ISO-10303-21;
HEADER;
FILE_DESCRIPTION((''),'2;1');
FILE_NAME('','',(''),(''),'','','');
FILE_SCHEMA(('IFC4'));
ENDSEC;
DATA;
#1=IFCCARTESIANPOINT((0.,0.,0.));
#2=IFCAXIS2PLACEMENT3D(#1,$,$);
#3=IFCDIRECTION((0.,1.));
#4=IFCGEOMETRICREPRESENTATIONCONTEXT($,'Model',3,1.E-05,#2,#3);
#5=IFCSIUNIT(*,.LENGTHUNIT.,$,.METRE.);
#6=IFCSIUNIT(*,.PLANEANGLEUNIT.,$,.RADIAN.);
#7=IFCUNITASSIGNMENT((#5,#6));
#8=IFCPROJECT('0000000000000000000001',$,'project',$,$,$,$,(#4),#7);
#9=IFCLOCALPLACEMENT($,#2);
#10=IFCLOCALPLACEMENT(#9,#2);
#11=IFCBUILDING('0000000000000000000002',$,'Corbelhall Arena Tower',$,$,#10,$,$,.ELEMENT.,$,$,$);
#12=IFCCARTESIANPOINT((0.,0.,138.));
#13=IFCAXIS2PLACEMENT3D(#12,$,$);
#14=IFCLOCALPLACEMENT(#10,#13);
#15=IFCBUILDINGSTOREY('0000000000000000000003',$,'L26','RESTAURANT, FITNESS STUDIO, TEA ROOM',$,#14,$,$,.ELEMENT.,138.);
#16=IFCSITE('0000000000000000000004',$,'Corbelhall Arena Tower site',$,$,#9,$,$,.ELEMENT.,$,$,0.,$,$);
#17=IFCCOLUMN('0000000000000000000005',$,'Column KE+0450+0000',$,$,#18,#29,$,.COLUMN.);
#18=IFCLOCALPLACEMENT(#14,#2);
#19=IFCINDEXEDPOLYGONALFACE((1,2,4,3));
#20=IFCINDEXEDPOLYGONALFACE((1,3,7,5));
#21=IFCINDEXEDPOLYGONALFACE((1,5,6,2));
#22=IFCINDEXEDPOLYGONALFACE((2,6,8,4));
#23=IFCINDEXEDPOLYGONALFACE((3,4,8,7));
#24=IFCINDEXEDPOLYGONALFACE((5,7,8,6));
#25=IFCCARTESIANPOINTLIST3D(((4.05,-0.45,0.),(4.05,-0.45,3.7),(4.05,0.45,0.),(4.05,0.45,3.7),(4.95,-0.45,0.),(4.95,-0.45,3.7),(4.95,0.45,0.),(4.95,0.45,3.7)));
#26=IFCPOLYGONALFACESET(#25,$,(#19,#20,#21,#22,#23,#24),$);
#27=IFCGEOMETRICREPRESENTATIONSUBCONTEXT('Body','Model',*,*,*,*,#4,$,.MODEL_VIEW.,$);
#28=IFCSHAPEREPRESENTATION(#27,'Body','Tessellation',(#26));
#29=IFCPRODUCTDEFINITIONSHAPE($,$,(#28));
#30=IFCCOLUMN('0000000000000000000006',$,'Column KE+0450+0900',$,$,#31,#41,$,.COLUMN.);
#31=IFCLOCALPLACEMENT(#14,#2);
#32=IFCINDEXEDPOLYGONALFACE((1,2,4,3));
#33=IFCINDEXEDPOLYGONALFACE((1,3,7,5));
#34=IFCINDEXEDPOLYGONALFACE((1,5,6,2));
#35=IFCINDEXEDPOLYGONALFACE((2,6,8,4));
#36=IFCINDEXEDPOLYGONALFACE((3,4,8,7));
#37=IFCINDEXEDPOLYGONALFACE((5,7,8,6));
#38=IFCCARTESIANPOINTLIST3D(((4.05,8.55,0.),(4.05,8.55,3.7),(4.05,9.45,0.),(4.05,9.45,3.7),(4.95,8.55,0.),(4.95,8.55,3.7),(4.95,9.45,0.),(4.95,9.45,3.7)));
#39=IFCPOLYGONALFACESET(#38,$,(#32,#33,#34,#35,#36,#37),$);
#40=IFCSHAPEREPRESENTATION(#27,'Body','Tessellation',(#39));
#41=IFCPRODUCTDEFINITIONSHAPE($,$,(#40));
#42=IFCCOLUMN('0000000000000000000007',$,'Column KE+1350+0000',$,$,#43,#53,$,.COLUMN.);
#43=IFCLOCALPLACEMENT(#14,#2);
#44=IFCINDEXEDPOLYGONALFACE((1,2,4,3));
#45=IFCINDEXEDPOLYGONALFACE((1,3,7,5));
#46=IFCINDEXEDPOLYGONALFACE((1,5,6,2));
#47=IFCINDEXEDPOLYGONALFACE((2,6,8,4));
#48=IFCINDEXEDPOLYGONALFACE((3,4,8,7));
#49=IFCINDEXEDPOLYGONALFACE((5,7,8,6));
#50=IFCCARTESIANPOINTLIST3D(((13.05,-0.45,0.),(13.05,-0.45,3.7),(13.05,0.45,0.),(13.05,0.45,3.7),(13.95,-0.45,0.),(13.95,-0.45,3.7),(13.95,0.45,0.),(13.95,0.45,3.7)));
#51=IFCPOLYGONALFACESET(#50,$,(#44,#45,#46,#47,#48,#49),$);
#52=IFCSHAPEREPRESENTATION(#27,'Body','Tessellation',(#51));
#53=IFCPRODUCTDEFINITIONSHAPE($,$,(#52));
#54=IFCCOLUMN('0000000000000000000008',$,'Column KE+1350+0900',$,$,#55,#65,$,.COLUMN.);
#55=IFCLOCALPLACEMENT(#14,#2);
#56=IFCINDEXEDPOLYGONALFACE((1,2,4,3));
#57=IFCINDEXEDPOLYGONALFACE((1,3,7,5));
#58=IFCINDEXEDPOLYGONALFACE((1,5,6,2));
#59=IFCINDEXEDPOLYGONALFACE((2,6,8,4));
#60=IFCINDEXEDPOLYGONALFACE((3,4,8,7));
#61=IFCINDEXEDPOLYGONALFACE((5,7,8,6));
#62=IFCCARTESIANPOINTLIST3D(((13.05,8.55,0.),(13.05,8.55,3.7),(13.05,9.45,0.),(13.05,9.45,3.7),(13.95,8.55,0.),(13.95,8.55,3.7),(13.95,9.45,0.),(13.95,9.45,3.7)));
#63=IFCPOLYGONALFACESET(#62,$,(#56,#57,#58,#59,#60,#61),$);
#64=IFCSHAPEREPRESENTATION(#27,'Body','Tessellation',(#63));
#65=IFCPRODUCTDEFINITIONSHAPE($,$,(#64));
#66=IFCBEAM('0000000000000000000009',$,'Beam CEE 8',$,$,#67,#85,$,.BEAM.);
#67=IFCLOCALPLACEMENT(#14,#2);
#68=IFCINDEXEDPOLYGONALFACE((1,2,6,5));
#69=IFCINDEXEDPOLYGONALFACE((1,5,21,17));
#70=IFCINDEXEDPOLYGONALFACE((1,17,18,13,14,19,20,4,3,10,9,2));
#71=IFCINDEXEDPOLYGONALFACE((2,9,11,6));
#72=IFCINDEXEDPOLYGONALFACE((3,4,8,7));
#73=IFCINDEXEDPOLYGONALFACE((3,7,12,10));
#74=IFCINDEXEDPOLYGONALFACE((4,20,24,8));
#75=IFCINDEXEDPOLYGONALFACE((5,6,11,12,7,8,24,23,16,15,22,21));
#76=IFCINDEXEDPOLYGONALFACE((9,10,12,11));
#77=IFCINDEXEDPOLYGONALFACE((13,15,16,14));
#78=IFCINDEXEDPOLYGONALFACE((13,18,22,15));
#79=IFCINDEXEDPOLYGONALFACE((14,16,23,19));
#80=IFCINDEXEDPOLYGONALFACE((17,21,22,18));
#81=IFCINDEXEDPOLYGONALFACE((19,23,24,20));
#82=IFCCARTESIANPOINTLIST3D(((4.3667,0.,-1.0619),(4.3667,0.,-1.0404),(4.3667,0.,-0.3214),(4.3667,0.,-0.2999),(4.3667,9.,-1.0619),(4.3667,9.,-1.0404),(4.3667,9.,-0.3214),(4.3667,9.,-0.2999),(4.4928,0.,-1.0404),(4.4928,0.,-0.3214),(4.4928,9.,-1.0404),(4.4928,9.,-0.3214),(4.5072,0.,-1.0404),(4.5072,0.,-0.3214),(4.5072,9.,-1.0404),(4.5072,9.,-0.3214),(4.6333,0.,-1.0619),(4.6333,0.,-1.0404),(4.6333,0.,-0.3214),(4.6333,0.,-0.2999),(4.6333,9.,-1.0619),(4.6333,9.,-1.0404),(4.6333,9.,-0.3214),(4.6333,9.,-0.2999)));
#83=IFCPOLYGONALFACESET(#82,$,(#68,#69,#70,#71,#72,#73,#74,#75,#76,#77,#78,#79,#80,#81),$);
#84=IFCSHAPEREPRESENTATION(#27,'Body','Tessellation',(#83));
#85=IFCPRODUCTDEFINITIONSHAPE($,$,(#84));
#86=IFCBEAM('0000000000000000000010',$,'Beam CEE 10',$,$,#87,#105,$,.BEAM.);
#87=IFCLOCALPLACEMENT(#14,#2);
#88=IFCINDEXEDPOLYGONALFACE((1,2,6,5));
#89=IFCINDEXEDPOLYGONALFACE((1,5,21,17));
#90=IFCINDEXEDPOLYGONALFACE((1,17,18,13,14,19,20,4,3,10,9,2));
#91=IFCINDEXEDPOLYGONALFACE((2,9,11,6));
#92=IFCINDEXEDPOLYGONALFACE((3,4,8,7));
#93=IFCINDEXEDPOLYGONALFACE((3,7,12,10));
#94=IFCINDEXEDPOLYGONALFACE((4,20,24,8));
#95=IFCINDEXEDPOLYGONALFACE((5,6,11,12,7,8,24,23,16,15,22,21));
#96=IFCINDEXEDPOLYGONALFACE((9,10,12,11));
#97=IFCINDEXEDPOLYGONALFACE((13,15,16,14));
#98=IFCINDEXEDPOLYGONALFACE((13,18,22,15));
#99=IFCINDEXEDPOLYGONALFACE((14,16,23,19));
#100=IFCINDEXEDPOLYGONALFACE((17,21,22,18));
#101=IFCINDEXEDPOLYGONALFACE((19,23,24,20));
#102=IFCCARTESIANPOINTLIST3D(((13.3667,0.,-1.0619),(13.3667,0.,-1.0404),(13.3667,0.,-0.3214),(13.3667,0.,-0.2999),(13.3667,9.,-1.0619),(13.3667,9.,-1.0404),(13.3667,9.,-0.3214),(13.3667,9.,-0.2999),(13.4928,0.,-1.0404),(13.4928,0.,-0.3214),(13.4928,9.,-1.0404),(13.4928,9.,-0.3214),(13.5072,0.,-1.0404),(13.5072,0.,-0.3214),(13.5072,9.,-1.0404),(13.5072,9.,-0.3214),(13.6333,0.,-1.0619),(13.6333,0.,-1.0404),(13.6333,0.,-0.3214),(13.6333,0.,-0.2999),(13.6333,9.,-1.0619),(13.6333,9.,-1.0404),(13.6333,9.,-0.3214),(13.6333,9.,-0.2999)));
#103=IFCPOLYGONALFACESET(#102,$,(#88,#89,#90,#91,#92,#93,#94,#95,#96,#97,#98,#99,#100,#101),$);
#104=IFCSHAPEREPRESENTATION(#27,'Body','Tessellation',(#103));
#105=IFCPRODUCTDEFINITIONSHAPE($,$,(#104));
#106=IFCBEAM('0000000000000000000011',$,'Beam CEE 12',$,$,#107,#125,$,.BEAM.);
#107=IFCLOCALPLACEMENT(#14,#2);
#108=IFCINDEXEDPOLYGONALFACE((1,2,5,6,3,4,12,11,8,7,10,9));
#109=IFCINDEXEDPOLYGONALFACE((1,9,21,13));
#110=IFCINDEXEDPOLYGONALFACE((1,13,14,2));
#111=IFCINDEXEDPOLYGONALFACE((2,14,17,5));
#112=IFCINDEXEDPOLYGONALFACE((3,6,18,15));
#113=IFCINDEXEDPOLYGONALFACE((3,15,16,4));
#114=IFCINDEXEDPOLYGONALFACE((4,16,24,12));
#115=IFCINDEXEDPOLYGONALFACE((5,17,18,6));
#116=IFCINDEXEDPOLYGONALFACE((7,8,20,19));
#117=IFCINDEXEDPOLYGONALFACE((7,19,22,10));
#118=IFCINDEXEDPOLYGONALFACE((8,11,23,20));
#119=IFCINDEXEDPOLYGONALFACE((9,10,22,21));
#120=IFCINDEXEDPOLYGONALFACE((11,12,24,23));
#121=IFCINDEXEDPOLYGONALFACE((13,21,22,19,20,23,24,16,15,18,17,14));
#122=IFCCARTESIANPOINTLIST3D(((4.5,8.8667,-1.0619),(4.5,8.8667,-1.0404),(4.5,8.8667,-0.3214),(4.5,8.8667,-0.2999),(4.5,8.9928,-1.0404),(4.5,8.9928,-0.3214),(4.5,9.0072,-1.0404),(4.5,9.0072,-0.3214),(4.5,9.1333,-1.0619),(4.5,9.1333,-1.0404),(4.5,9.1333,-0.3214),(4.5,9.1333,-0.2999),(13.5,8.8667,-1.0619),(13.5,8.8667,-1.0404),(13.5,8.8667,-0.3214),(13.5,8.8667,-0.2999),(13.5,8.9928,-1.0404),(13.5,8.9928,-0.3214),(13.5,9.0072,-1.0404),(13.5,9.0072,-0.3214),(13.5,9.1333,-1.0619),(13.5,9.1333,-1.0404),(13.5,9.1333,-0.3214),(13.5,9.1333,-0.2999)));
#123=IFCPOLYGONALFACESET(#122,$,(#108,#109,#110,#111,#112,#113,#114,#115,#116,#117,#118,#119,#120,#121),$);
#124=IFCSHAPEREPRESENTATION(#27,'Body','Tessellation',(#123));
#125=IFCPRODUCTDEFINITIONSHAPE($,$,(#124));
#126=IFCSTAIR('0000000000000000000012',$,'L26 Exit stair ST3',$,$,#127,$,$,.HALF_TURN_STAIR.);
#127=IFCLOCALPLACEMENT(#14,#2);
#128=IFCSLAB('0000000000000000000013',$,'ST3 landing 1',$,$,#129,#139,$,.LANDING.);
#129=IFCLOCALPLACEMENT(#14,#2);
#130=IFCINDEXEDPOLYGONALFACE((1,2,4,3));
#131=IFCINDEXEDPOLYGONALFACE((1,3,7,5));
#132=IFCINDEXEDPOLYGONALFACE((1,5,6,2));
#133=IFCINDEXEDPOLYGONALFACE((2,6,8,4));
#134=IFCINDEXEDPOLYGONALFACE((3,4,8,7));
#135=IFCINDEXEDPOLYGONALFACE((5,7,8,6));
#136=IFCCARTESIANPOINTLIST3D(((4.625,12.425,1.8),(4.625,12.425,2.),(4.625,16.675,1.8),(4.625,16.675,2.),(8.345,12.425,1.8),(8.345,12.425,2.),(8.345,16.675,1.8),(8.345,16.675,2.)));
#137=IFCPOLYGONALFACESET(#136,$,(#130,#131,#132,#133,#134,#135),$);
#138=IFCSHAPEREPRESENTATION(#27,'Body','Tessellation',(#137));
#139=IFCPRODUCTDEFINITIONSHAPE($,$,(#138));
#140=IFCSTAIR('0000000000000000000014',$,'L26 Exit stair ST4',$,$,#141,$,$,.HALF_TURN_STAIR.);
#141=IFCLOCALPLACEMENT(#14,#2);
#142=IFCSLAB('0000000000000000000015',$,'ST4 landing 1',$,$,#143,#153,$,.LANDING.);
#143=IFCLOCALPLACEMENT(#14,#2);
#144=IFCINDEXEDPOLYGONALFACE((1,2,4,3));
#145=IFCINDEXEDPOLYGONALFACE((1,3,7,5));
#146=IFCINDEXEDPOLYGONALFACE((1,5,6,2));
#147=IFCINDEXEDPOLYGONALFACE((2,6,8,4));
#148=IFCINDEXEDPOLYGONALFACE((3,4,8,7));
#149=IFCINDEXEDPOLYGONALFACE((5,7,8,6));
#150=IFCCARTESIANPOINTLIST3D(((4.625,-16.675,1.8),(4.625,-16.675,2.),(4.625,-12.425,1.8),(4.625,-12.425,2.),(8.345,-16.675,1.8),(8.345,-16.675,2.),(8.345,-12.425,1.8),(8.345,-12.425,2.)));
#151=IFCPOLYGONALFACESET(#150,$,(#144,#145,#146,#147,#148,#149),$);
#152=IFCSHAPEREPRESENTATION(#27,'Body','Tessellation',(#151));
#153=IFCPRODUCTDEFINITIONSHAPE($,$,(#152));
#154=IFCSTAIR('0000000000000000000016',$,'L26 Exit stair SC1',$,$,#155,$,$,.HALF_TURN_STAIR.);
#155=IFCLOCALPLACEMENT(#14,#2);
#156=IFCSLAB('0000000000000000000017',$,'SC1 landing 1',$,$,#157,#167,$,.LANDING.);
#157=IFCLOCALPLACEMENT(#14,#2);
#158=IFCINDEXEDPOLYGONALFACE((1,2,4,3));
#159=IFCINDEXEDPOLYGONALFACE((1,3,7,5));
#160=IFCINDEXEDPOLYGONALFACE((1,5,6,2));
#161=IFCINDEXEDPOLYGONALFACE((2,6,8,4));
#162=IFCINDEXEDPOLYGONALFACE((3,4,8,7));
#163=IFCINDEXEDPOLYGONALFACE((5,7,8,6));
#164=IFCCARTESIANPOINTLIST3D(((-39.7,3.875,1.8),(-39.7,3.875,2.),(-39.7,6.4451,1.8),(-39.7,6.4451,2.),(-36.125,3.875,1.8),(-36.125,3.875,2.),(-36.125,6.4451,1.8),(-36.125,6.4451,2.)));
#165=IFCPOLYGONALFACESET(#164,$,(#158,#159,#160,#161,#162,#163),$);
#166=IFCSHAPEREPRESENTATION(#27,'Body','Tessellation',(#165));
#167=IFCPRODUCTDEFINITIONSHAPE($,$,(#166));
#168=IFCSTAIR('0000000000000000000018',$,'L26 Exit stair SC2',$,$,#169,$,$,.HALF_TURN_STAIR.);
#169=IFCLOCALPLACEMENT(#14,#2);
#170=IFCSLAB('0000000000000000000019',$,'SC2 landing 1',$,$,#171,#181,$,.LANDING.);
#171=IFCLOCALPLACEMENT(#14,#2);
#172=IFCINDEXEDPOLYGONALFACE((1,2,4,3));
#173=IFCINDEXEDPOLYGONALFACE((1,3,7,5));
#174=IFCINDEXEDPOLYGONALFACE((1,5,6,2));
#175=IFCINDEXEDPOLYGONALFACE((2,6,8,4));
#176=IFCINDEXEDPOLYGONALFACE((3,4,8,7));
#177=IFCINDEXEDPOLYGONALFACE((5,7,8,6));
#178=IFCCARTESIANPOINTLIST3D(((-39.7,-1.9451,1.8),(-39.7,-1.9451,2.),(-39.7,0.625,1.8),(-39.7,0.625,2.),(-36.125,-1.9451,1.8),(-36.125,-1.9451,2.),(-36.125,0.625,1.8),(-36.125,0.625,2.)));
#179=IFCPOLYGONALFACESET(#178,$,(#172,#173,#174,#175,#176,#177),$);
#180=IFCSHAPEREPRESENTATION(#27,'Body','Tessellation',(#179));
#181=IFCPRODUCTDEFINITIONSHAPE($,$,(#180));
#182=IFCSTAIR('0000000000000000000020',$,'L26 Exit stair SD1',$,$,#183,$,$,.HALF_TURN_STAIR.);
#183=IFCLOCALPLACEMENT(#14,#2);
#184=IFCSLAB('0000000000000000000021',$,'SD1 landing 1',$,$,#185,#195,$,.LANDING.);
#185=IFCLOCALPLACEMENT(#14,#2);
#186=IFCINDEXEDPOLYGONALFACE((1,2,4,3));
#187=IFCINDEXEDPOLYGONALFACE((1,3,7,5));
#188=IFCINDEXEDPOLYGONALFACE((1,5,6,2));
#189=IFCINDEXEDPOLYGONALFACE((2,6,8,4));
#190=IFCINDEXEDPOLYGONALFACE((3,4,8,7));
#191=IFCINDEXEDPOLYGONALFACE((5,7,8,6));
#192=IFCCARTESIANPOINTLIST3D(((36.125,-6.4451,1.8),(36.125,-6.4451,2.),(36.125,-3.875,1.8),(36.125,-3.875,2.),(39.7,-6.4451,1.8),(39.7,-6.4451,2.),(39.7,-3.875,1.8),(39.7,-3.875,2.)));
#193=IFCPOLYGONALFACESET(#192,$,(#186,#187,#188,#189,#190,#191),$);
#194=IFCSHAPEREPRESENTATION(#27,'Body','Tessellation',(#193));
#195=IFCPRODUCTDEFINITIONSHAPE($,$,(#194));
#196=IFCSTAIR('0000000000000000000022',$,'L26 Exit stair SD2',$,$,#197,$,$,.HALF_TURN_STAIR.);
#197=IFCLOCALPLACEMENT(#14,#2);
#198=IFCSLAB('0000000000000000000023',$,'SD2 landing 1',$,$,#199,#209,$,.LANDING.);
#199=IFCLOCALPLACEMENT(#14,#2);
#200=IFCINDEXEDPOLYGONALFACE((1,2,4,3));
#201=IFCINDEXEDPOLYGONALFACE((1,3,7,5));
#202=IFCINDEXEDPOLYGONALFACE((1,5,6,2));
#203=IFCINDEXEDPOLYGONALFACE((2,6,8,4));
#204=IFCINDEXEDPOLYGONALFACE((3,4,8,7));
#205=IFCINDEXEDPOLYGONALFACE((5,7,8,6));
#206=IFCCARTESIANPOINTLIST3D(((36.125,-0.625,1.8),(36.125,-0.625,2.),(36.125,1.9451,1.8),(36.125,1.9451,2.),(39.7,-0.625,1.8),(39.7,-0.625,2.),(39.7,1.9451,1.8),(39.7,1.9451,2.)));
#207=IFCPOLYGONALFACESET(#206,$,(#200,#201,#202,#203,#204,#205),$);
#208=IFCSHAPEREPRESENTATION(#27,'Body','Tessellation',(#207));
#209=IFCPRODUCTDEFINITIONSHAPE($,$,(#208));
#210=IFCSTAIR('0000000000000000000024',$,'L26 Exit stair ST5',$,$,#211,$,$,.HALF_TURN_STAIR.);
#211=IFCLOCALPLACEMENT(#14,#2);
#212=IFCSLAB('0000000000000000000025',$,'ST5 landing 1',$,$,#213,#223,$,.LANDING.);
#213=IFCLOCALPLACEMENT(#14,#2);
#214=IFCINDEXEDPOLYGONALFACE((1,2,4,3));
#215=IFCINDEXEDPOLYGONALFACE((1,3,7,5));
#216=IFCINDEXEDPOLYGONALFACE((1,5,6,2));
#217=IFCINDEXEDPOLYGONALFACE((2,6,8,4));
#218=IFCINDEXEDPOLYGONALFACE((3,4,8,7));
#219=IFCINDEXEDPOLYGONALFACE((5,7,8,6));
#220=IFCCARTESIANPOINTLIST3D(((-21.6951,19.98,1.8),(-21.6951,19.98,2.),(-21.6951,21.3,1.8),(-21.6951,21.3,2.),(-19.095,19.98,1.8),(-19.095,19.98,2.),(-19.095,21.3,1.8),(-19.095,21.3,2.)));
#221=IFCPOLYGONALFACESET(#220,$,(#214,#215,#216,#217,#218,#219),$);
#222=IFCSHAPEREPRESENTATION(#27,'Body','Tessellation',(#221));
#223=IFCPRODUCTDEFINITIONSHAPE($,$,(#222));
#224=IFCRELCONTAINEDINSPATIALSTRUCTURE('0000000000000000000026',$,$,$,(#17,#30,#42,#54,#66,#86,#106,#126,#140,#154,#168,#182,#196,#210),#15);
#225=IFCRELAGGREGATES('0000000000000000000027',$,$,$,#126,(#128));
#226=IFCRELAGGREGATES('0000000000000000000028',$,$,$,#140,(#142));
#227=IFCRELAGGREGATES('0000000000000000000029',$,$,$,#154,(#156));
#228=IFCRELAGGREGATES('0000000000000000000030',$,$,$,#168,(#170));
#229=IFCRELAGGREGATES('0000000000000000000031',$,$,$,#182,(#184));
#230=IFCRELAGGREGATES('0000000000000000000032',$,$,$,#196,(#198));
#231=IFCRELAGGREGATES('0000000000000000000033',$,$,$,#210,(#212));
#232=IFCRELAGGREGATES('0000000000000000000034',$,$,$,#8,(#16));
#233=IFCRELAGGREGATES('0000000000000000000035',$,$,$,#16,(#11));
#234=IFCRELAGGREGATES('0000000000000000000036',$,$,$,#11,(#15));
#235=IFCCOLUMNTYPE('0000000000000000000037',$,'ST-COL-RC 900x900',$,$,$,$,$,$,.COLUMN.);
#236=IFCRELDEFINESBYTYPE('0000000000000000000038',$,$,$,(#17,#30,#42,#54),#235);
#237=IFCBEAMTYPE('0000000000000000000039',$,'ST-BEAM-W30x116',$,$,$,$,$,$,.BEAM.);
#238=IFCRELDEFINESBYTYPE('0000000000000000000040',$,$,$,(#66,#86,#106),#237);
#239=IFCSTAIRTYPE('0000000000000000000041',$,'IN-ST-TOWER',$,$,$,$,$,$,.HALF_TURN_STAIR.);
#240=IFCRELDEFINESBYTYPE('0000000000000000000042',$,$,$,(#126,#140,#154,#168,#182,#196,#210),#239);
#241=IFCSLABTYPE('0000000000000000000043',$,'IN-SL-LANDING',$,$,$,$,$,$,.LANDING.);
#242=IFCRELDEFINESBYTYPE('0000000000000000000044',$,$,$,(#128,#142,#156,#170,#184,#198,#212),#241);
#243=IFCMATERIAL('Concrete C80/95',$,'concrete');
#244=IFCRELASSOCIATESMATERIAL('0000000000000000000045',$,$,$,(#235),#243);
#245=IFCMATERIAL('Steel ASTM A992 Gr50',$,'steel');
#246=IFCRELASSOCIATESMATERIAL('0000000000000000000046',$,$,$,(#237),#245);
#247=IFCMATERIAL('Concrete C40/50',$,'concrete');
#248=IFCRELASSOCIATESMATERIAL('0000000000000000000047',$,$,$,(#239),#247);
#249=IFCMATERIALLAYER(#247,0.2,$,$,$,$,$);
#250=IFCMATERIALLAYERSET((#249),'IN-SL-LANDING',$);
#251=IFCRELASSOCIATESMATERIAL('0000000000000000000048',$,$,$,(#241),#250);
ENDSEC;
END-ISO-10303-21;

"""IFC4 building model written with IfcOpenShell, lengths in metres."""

from ifc_helpers import new_model, si_unit, direction, frame, origin, origin_2d, place, context, subcontext, project, spatial, polyline, rectangle, i_section, outline, extrude, material, layer, layer_set, material_profile, profile_set, type_object, element, aggregate, save


model = new_model("IFC4")

# Units and contexts
model_context = context("Model", 3, precision=1e-05, world=origin(), true_north=direction((0.0, 1.0)))
body_context = subcontext(model_context, "Body", "Model", "MODEL_VIEW")
ifc_project = project(units=[si_unit("LENGTHUNIT", "METRE"), si_unit("PLANEANGLEUNIT", "RADIAN")], contexts=[model_context])

# Site, building, storey
site_placement = place(None, origin())
site = spatial("IfcSite", under=ifc_project, at=site_placement, Name="Corbelhall Arena Tower site", CompositionType="ELEMENT", RefElevation=0.0)
building_placement = place(site_placement, origin())
building = spatial("IfcBuilding", under=site, at=building_placement, Name="Corbelhall Arena Tower", CompositionType="ELEMENT")
storey_placement = place(building_placement, frame((0.0, 0.0, 138.0)))
storey = spatial("IfcBuildingStorey", under=building, at=storey_placement, Name="L26", Description="RESTAURANT, FITNESS STUDIO, TEA ROOM", CompositionType="ELEMENT", Elevation=138.0)

# Columns
ifc_material_1 = material(Name="Concrete C80/95", Category="concrete")
ifc_material_profile_1 = material_profile(ifc_material_1, rectangle(XDim=0.8999, YDim=0.8999, at=origin_2d()))
ifc_profile_set_1 = profile_set([ifc_material_profile_1], Name="Concrete C80/95")
column_type = type_object("IfcColumnType", Name="ST-COL-RC 900x900", PredefinedType="COLUMN", material=ifc_profile_set_1)
for number, where, z_axis, x_axis, name in (
    (1, (4.5, 0.0, 0.0), (0.0, 0.0, 1.0), (1.0, 0.0, 0.0), "Column KE+0450+0000"),
    (2, (4.5, 9.0, 0.0), (0.0, 0.0, 1.0), (1.0, 0.0, 0.0), "Column KE+0450+0900"),
    (3, (13.5, 0.0, 0.0), (0.0, 0.0, 1.0), (1.0, 0.0, 0.0), "Column KE+1350+0000"),
    (4, (13.5, 9.0, 0.0), (0.0, 0.0, 1.0), (1.0, 0.0, 0.0), "Column KE+1350+0900"),
):
    element("IfcColumn", number, at=place(storey_placement, frame(where, z_axis=z_axis, x_axis=x_axis)), inside=storey, type_object=column_type, Name=name, PredefinedType="COLUMN", context=body_context, shape_type="SweptSolid", body=[
        extrude(rectangle(XDim=0.8999, YDim=0.8999, at=origin_2d()), origin(), (0.0, 0.0, 1.0), 3.7),
    ])

# Beams
ifc_material_2 = material(Name="Steel ASTM A992 Gr50", Category="steel")
ifc_material_profile_2 = material_profile(ifc_material_2, i_section(OverallWidth=0.2666, OverallDepth=0.762, WebThickness=0.0144, FlangeThickness=0.0215, at=origin_2d()))
ifc_profile_set_2 = profile_set([ifc_material_profile_2], Name="Steel ASTM A992 Gr50")
beam_type = type_object("IfcBeamType", Name="ST-BEAM-W30x116", PredefinedType="BEAM", material=ifc_profile_set_2)
for number, where, z_axis, x_axis, name in (
    (5, (4.5, 0.0, -0.6809), (0.0, 1.0, 0.0), (-1.0, 0.0, 0.0), "Beam CEE 8"),
    (6, (13.5, 0.0, -0.6809), (0.0, 1.0, 0.0), (-1.0, 0.0, 0.0), "Beam CEE 10"),
    (7, (4.5, 9.0, -0.6809), (1.0, 0.0, 0.0), (0.0, 1.0, 0.0), "Beam CEE 12"),
):
    element("IfcBeam", number, at=place(storey_placement, frame(where, z_axis=z_axis, x_axis=x_axis)), inside=storey, type_object=beam_type, Name=name, PredefinedType="BEAM", context=body_context, shape_type="SweptSolid", body=[
        extrude(i_section(OverallWidth=0.2666, OverallDepth=0.762, WebThickness=0.0144, FlangeThickness=0.0215, at=origin_2d()), origin(), (0.0, 0.0, 1.0), 9.0),
    ])

# Stairs, slabs
ifc_material_3 = material(Name="Concrete C40/50", Category="concrete")
stair_type = type_object("IfcStairType", Name="IN-ST-TOWER", PredefinedType="HALF_TURN_STAIR", material=ifc_material_3)
stair_1_placement = place(storey_placement, origin())
stair_1 = element("IfcStair", 8, at=stair_1_placement, inside=storey, type_object=stair_type, Name="L26 Exit stair ST3", PredefinedType="HALF_TURN_STAIR")
ifc_layer_1 = layer(ifc_material_3, 0.2)
ifc_layer_set_1 = layer_set([ifc_layer_1], Name="IN-SL-LANDING")
slab_type = type_object("IfcSlabType", Name="IN-SL-LANDING", PredefinedType="LANDING", material=ifc_layer_set_1)
slab_1_placement = place(storey_placement, frame((0.0, 0.0, 1.8)))
slab_1 = element("IfcSlab", 9, at=slab_1_placement, type_object=slab_type, Name="ST3 landing 1", PredefinedType="LANDING", context=body_context, shape_type="SweptSolid", body=[
    extrude(outline(polyline([(8.345, 16.675), (4.625, 16.675), (4.625, 12.425), (8.345, 12.425), (8.345, 16.675)])), origin(), (0.0, 0.0, 1.0), 0.2),
])
aggregate(stair_1, [slab_1])
stair_2_placement = place(storey_placement, origin())
stair_2 = element("IfcStair", 10, at=stair_2_placement, inside=storey, type_object=stair_type, Name="L26 Exit stair ST4", PredefinedType="HALF_TURN_STAIR")
slab_2_placement = place(storey_placement, frame((0.0, 0.0, 1.8)))
slab_2 = element("IfcSlab", 11, at=slab_2_placement, type_object=slab_type, Name="ST4 landing 1", PredefinedType="LANDING", context=body_context, shape_type="SweptSolid", body=[
    extrude(outline(polyline([(8.345, -12.425), (4.625, -12.425), (4.625, -16.675), (8.345, -16.675), (8.345, -12.425)])), origin(), (0.0, 0.0, 1.0), 0.2),
])
aggregate(stair_2, [slab_2])
stair_3_placement = place(storey_placement, origin())
stair_3 = element("IfcStair", 12, at=stair_3_placement, inside=storey, type_object=stair_type, Name="L26 Exit stair SC1", PredefinedType="HALF_TURN_STAIR")
slab_3_placement = place(storey_placement, frame((0.0, 0.0, 1.8)))
slab_3 = element("IfcSlab", 13, at=slab_3_placement, type_object=slab_type, Name="SC1 landing 1", PredefinedType="LANDING", context=body_context, shape_type="SweptSolid", body=[
    extrude(outline(polyline([(-39.7, 6.4451), (-39.7, 3.875), (-36.125, 3.875), (-36.125, 6.4451), (-39.7, 6.4451)])), origin(), (0.0, 0.0, 1.0), 0.2),
])
aggregate(stair_3, [slab_3])
stair_4_placement = place(storey_placement, origin())
stair_4 = element("IfcStair", 14, at=stair_4_placement, inside=storey, type_object=stair_type, Name="L26 Exit stair SC2", PredefinedType="HALF_TURN_STAIR")
slab_4_placement = place(storey_placement, frame((0.0, 0.0, 1.8)))
slab_4 = element("IfcSlab", 15, at=slab_4_placement, type_object=slab_type, Name="SC2 landing 1", PredefinedType="LANDING", context=body_context, shape_type="SweptSolid", body=[
    extrude(outline(polyline([(-36.125, -1.9451), (-36.125, 0.625), (-39.7, 0.625), (-39.7, -1.9451), (-36.125, -1.9451)])), origin(), (0.0, 0.0, 1.0), 0.2),
])
aggregate(stair_4, [slab_4])
stair_5_placement = place(storey_placement, origin())
stair_5 = element("IfcStair", 16, at=stair_5_placement, inside=storey, type_object=stair_type, Name="L26 Exit stair SD1", PredefinedType="HALF_TURN_STAIR")
slab_5_placement = place(storey_placement, frame((0.0, 0.0, 1.8)))
slab_5 = element("IfcSlab", 17, at=slab_5_placement, type_object=slab_type, Name="SD1 landing 1", PredefinedType="LANDING", context=body_context, shape_type="SweptSolid", body=[
    extrude(outline(polyline([(39.7, -6.4451), (39.7, -3.875), (36.125, -3.875), (36.125, -6.4451), (39.7, -6.4451)])), origin(), (0.0, 0.0, 1.0), 0.2),
])
aggregate(stair_5, [slab_5])
stair_6_placement = place(storey_placement, origin())
stair_6 = element("IfcStair", 18, at=stair_6_placement, inside=storey, type_object=stair_type, Name="L26 Exit stair SD2", PredefinedType="HALF_TURN_STAIR")
slab_6_placement = place(storey_placement, frame((0.0, 0.0, 1.8)))
slab_6 = element("IfcSlab", 19, at=slab_6_placement, type_object=slab_type, Name="SD2 landing 1", PredefinedType="LANDING", context=body_context, shape_type="SweptSolid", body=[
    extrude(outline(polyline([(36.125, 1.9451), (36.125, -0.625), (39.7, -0.625), (39.7, 1.9451), (36.125, 1.9451)])), origin(), (0.0, 0.0, 1.0), 0.2),
])
aggregate(stair_6, [slab_6])
stair_7_placement = place(storey_placement, origin())
stair_7 = element("IfcStair", 20, at=stair_7_placement, inside=storey, type_object=stair_type, Name="L26 Exit stair ST5", PredefinedType="HALF_TURN_STAIR")
slab_7_placement = place(storey_placement, frame((0.0, 0.0, 1.8)))
slab_7 = element("IfcSlab", 21, at=slab_7_placement, type_object=slab_type, Name="ST5 landing 1", PredefinedType="LANDING", context=body_context, shape_type="SweptSolid", body=[
    extrude(outline(polyline([(-19.095, 19.98), (-19.095, 21.3), (-21.6951, 21.3), (-21.6951, 19.98), (-19.095, 19.98)])), origin(), (0.0, 0.0, 1.0), 0.2),
])
aggregate(stair_7, [slab_7])

save(model, "model.ifc")
